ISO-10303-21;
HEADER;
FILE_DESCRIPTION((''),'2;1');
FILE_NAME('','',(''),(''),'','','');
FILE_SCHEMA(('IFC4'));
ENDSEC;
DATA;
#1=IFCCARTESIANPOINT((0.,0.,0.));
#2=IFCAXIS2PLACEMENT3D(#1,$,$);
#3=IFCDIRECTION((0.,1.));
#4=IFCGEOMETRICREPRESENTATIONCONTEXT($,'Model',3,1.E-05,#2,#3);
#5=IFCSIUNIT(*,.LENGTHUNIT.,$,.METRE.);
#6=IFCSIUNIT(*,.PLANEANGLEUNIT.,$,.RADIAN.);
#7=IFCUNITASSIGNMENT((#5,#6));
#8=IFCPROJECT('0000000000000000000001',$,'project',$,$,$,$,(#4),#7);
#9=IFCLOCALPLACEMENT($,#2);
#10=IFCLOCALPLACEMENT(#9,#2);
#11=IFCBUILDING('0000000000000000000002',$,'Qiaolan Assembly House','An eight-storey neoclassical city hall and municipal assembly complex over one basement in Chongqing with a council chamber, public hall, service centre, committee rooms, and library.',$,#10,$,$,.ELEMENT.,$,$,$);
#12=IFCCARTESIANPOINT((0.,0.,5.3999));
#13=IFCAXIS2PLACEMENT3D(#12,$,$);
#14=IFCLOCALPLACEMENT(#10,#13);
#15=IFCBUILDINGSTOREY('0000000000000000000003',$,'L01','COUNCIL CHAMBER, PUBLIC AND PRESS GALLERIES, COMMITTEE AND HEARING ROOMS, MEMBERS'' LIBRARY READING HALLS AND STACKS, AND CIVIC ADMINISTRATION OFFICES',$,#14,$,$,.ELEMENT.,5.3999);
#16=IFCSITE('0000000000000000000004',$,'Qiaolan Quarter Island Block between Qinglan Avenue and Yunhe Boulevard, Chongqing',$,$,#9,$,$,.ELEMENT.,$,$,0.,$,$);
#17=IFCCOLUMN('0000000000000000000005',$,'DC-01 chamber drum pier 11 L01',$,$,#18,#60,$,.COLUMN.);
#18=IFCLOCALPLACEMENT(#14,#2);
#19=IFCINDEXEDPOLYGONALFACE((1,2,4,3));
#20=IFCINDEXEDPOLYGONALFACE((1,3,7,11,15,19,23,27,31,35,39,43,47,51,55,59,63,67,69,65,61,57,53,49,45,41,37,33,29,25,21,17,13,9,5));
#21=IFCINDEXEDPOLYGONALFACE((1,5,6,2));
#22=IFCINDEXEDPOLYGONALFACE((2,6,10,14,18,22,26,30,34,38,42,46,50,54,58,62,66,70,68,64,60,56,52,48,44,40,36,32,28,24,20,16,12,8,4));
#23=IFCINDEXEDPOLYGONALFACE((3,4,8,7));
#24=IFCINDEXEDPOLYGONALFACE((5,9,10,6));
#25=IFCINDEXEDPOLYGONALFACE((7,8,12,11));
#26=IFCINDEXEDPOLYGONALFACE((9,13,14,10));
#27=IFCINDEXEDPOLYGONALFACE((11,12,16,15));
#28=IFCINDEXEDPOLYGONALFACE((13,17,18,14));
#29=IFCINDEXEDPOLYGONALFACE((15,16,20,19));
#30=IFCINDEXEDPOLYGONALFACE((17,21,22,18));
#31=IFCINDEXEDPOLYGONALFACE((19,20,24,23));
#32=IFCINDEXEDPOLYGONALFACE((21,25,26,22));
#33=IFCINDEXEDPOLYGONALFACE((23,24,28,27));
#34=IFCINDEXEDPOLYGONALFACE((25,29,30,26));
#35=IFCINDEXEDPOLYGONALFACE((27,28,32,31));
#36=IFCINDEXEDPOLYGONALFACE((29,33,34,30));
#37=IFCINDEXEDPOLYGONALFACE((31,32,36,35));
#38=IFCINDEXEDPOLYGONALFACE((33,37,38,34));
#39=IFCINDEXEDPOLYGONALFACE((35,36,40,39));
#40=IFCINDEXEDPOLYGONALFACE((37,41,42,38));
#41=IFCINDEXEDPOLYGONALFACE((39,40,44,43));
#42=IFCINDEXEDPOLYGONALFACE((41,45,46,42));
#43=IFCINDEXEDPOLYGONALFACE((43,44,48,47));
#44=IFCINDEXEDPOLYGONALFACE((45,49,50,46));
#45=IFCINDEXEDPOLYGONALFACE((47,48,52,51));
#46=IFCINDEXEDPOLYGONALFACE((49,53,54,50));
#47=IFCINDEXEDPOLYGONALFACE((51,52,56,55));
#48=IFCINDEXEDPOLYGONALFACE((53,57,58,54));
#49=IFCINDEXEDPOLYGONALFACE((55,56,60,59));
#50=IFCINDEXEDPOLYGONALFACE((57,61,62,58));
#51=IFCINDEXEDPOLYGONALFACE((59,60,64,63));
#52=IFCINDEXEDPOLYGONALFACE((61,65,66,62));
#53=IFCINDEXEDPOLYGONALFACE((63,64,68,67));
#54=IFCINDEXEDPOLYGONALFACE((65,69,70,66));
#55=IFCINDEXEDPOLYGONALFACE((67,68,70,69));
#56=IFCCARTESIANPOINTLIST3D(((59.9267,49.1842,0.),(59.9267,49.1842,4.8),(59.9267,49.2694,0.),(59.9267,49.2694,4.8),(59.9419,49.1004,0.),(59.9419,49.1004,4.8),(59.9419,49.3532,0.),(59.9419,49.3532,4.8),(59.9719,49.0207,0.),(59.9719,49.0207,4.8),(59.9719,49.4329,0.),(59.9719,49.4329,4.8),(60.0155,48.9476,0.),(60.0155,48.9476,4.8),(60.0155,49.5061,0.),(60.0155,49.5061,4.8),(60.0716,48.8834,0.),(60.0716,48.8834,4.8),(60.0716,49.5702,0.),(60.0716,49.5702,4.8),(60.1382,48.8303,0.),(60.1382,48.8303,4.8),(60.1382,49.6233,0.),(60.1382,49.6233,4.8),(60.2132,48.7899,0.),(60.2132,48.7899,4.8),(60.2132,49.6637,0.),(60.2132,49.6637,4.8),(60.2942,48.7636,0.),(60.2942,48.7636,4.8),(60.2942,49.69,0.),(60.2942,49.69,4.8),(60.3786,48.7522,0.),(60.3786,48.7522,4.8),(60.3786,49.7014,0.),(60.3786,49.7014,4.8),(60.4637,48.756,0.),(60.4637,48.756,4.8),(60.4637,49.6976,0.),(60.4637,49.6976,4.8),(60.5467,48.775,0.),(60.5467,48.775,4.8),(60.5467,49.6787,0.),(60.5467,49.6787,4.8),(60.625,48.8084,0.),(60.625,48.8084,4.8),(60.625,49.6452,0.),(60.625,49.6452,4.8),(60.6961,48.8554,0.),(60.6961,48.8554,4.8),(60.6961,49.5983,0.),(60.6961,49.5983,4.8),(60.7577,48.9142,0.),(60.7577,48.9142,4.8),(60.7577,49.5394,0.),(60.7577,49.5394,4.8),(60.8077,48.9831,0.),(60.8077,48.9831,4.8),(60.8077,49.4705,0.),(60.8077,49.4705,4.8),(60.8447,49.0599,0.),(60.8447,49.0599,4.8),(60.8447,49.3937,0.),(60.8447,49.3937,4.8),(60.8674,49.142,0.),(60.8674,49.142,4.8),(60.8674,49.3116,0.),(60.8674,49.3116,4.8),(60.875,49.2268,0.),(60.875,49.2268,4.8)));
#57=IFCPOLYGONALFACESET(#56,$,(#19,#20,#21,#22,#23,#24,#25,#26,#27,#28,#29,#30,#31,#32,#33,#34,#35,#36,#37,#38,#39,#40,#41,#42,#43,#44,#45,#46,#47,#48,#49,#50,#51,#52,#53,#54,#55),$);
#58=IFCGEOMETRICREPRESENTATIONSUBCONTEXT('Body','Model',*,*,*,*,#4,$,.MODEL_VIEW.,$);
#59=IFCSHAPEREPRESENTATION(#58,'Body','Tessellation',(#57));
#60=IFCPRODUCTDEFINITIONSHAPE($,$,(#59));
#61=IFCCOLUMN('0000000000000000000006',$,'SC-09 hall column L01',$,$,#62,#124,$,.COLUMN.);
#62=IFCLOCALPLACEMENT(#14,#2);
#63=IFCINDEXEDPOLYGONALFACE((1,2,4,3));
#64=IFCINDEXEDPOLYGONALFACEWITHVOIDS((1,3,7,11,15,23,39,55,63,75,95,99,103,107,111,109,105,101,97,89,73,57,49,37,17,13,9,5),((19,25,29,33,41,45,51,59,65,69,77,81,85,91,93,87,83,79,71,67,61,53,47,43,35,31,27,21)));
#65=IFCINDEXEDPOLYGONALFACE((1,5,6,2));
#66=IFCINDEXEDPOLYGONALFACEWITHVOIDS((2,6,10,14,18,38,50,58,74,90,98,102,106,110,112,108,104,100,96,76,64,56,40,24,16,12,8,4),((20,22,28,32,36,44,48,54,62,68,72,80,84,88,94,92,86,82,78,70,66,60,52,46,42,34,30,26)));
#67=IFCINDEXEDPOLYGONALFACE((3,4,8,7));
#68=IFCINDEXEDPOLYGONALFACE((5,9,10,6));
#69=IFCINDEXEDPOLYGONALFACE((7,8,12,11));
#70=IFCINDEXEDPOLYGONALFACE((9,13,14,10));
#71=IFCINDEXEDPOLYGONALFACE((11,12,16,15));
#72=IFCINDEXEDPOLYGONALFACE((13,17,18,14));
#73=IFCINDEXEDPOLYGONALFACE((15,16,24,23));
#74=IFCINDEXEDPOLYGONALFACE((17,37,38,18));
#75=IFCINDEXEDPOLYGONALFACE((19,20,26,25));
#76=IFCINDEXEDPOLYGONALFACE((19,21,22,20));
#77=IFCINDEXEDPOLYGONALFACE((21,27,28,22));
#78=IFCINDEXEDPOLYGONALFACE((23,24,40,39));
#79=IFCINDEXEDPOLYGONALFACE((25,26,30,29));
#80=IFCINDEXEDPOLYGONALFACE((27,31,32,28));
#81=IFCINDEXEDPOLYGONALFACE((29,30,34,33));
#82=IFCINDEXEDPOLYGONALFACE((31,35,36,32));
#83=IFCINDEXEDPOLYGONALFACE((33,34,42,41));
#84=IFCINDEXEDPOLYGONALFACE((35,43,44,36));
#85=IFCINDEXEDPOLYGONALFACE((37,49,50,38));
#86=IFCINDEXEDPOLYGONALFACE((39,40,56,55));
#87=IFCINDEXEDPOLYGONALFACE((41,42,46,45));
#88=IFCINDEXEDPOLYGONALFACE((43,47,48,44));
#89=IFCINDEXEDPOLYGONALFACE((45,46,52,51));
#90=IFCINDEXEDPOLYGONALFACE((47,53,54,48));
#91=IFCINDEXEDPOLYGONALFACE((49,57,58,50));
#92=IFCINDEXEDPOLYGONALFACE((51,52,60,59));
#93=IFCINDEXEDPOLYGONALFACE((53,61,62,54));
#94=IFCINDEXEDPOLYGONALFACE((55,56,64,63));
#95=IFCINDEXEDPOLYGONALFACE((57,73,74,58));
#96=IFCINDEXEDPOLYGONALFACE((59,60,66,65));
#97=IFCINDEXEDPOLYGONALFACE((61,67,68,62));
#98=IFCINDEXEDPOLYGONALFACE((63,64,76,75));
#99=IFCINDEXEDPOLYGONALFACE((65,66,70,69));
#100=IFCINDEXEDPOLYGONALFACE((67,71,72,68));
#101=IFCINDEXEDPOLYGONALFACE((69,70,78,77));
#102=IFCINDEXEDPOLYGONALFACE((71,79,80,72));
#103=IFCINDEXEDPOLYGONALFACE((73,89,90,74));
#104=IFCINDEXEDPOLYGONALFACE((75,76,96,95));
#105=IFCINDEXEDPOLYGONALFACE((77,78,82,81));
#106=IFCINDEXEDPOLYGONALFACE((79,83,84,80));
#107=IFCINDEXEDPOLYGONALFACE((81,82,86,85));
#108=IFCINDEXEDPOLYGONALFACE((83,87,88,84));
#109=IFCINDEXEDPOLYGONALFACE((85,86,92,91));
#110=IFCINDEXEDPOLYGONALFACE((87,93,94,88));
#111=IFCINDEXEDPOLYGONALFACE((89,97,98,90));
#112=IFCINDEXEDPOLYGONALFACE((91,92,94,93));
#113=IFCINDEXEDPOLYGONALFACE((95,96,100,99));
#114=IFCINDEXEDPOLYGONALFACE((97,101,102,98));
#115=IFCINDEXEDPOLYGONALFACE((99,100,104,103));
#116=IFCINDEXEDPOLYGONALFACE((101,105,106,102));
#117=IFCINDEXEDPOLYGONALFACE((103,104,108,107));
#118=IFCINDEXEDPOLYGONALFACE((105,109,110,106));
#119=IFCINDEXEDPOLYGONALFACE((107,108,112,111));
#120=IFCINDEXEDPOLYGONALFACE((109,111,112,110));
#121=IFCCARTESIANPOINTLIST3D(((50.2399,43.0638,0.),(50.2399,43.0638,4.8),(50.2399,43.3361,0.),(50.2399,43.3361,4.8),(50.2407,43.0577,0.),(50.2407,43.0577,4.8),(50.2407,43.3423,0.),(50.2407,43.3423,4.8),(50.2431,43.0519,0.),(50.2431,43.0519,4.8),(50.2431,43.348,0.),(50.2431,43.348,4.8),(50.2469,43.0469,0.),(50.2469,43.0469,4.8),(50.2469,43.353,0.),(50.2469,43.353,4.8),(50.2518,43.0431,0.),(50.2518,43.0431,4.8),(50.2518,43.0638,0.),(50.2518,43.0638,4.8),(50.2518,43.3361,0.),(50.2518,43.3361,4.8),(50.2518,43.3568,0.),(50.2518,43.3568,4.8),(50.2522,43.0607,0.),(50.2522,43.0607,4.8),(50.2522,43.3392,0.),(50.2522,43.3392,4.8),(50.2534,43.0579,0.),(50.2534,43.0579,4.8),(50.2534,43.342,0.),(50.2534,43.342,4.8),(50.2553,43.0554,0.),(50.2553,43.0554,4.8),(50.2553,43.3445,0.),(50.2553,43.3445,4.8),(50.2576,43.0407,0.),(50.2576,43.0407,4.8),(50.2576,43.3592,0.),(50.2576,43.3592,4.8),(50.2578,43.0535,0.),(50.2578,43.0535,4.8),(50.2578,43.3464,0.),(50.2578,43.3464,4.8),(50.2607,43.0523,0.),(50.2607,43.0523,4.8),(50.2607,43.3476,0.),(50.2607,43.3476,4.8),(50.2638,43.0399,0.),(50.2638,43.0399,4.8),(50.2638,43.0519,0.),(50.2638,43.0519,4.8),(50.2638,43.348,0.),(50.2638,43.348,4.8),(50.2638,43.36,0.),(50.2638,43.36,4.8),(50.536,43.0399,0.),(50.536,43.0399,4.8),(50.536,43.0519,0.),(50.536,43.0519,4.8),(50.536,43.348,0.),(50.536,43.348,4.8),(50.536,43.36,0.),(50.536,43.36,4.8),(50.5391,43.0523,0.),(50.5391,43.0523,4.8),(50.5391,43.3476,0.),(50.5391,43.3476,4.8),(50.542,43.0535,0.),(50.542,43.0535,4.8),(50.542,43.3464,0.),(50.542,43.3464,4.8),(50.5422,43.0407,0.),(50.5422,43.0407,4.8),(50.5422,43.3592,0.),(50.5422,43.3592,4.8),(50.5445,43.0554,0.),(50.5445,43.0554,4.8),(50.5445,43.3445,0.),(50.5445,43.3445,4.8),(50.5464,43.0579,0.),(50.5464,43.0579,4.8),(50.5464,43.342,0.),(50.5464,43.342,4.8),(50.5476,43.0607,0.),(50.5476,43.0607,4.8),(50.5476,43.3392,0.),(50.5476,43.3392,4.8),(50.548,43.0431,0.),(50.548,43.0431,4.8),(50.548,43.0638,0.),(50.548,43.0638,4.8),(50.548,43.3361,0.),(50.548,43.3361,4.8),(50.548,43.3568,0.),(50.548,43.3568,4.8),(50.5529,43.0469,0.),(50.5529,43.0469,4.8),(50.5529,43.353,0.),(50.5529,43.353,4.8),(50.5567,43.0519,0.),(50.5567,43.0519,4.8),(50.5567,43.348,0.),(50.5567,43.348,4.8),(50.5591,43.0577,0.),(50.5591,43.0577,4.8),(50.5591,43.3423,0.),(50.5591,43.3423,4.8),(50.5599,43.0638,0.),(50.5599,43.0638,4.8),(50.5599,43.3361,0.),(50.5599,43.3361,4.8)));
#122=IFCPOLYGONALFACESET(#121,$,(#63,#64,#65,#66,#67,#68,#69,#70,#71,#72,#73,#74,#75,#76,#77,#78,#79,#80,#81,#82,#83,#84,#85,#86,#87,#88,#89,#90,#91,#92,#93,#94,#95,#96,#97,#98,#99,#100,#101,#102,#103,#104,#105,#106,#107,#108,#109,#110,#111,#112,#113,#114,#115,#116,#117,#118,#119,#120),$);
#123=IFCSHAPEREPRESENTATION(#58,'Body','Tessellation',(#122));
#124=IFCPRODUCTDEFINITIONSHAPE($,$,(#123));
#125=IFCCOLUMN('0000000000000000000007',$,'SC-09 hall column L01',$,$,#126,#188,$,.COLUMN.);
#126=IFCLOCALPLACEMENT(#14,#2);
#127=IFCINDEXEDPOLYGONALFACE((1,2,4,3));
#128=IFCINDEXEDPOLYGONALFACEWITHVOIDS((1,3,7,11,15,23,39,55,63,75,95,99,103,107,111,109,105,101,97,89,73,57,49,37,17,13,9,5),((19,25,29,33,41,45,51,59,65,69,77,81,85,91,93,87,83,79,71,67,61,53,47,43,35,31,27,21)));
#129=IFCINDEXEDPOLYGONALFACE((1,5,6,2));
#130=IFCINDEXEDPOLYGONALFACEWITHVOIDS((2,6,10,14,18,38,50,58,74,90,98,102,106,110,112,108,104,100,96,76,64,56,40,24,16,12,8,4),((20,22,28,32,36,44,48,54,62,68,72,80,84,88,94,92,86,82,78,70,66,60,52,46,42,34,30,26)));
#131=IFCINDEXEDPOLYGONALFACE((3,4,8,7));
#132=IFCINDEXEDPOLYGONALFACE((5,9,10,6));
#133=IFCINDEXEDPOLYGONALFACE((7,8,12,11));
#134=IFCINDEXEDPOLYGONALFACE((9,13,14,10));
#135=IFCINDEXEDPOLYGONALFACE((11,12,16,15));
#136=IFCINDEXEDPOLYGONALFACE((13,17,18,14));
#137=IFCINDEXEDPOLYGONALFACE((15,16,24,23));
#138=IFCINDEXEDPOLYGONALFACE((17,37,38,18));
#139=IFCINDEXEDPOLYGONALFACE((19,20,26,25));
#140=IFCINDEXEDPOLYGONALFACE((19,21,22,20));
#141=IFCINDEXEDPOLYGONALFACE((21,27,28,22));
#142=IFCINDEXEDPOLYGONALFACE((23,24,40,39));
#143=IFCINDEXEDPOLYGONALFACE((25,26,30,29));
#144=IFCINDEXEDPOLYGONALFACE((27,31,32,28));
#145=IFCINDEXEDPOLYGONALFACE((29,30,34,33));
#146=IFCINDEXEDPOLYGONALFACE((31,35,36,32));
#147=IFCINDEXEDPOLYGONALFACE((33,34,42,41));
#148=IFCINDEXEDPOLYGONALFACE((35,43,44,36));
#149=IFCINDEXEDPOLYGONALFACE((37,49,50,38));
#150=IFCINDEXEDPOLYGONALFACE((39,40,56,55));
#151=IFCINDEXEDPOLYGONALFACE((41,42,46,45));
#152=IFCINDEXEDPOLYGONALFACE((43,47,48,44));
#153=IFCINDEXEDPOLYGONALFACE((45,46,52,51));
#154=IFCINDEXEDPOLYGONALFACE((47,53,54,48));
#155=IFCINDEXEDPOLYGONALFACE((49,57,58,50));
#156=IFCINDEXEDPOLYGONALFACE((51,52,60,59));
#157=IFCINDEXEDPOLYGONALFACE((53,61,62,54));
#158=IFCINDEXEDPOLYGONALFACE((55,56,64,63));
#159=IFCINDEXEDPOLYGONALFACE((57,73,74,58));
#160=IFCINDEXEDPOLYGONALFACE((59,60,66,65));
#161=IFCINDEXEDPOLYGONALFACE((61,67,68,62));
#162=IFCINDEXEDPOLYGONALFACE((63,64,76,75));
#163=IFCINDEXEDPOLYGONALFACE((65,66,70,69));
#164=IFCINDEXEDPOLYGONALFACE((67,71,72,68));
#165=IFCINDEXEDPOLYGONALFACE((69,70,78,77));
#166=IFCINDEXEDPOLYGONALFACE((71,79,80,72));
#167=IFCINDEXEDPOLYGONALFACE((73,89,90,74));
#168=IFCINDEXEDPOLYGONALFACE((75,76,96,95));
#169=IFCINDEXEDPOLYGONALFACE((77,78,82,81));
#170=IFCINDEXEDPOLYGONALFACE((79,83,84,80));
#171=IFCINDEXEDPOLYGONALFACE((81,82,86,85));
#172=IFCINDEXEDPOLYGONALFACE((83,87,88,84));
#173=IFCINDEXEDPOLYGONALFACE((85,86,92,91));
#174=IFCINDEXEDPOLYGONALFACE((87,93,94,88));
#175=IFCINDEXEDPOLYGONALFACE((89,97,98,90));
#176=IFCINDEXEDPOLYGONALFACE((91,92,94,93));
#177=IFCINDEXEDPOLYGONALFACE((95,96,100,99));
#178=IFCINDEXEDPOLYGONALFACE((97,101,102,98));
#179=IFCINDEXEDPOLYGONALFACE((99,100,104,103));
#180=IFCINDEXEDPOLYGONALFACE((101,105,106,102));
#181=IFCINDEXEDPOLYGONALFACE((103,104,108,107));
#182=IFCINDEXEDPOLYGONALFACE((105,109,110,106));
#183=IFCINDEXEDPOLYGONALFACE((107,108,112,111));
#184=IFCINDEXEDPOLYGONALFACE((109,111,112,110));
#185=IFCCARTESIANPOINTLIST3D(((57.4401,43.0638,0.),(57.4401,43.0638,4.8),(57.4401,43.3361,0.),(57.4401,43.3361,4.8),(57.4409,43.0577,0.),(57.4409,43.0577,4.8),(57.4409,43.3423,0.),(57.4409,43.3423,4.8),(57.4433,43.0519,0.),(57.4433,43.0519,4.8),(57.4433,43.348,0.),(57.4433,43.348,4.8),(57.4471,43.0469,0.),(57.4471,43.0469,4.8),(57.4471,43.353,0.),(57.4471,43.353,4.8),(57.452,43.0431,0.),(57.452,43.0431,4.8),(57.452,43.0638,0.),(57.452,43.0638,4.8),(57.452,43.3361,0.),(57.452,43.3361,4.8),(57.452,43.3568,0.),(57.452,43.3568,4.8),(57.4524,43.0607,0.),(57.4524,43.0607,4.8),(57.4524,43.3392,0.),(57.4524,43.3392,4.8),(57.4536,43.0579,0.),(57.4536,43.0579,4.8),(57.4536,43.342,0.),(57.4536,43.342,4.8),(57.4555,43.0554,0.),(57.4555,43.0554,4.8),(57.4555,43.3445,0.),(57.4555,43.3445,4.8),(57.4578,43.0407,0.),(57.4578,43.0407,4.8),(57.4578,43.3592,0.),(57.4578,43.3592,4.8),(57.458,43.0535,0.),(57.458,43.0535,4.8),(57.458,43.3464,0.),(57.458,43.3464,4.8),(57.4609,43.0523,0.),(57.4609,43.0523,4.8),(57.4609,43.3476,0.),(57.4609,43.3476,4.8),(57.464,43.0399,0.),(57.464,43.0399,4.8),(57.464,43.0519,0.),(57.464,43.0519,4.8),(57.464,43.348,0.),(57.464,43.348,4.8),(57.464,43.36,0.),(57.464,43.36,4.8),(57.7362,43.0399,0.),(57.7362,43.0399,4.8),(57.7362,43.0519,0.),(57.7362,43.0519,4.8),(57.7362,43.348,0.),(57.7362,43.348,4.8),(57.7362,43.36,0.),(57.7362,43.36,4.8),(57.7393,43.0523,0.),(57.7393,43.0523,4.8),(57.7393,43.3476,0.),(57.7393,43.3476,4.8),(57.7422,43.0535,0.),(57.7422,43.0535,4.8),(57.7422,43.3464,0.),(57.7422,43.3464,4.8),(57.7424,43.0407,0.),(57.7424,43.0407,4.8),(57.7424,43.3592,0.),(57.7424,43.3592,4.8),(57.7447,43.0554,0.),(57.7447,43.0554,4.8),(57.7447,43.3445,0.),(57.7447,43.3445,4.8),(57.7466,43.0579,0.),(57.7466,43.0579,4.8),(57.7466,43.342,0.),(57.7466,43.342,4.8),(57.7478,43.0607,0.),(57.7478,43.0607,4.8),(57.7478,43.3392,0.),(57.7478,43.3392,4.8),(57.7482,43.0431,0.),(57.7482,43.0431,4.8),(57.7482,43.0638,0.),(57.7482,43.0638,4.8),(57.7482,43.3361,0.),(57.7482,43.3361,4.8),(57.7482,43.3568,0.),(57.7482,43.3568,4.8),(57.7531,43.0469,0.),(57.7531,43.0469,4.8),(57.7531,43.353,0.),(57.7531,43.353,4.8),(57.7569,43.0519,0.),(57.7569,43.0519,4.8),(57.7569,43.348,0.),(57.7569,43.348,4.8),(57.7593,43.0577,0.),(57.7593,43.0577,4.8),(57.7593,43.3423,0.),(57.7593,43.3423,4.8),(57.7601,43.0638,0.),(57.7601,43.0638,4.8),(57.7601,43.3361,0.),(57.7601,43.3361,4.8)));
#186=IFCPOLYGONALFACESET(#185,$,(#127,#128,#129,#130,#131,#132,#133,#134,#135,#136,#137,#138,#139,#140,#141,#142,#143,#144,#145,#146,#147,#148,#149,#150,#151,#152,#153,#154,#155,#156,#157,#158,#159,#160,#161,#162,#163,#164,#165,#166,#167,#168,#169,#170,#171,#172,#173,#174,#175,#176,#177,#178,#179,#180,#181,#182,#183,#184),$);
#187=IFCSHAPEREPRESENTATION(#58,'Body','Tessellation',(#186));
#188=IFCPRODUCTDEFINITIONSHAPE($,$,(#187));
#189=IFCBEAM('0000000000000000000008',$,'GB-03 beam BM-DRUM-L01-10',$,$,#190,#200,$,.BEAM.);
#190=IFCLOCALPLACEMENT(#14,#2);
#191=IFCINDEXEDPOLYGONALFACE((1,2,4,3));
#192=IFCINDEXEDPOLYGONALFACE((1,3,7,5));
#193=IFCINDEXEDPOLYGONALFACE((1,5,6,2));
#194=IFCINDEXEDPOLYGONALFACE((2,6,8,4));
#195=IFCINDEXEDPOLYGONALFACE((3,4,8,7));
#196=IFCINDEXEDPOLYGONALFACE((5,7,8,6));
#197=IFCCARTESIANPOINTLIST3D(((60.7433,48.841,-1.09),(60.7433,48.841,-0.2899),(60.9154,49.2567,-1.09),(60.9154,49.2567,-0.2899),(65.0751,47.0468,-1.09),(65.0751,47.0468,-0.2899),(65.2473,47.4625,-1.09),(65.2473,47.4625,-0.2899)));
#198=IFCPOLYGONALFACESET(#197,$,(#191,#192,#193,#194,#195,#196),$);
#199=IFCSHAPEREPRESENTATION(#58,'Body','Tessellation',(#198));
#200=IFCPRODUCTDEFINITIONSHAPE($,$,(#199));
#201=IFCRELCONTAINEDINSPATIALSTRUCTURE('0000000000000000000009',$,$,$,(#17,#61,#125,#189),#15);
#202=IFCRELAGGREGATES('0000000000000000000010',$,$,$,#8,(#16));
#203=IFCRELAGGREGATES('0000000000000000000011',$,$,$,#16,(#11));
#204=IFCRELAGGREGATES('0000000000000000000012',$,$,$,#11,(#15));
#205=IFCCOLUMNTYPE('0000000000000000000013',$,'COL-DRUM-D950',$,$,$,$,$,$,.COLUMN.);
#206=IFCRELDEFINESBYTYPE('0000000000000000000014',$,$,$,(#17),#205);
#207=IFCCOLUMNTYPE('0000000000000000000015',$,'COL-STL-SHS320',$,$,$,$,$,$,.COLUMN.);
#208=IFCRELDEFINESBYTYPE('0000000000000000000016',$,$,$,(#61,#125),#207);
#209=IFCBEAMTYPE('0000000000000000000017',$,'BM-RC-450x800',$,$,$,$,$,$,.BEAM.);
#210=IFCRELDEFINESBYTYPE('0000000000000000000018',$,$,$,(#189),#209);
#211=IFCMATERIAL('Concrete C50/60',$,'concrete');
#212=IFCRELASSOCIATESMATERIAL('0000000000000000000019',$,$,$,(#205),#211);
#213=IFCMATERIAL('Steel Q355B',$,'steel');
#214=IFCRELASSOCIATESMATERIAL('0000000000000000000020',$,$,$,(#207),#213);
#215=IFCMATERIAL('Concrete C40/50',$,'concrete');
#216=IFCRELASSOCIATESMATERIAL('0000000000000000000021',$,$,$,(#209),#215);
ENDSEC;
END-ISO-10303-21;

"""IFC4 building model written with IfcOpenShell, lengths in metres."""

from ifc_helpers import new_model, si_unit, direction, frame, origin, origin_2d, place, context, subcontext, project, spatial, rectangle, hollow_rectangle, circle, extrude, material, material_profile, profile_set, type_object, element, save


model = new_model("IFC4")

# Units and contexts
model_context = context("Model", 3, precision=1e-05, world=origin(), true_north=direction((0.0, 1.0)))
body_context = subcontext(model_context, "Body", "Model", "MODEL_VIEW")
ifc_project = project(units=[si_unit("LENGTHUNIT", "METRE"), si_unit("PLANEANGLEUNIT", "RADIAN")], contexts=[model_context])

# Site, building, storey
site_placement = place(None, origin())
site = spatial("IfcSite", under=ifc_project, at=site_placement, Name="Qiaolan Quarter Island Block between Qinglan Avenue and Yunhe Boulevard, Chongqing", CompositionType="ELEMENT", RefElevation=0.0)
building_placement = place(site_placement, origin())
building = spatial("IfcBuilding", under=site, at=building_placement, Name="Qiaolan Assembly House", Description="An eight-storey neoclassical city hall and municipal assembly complex over one basement in Chongqing with a council chamber, public hall, service centre, committee rooms, and library.", CompositionType="ELEMENT")
storey_placement = place(building_placement, frame((0.0, 0.0, 5.3999)))
storey = spatial("IfcBuildingStorey", under=building, at=storey_placement, Name="L01", Description="COUNCIL CHAMBER, PUBLIC AND PRESS GALLERIES, COMMITTEE AND HEARING ROOMS, MEMBERS' LIBRARY READING HALLS AND STACKS, AND CIVIC ADMINISTRATION OFFICES", CompositionType="ELEMENT", Elevation=5.3999)

# Columns
ifc_material_1 = material(Name="Concrete C50/60", Category="concrete")
ifc_material_profile_1 = material_profile(ifc_material_1, circle(Radius=0.4751, at=origin_2d()), Name="CIRC D950")
ifc_profile_set_1 = profile_set([ifc_material_profile_1], Name="Concrete C50/60")
column_type_1 = type_object("IfcColumnType", Name="COL-DRUM-D950", PredefinedType="COLUMN", material=ifc_profile_set_1)
column_placement = place(storey_placement, frame((60.3999, 49.2268, 0.0), z_axis=(0.0, 0.0, 1.0), x_axis=(1.0, 0.0, 0.0)))
element("IfcColumn", 1, at=column_placement, inside=storey, type_object=column_type_1, Name="DC-01 chamber drum pier 11 L01", PredefinedType="COLUMN", context=body_context, shape_type="SweptSolid", body=[
    extrude(circle(Radius=0.4751, at=origin_2d()), origin(), (0.0, 0.0, 1.0), 4.8),
])
ifc_material_2 = material(Name="Steel Q355B", Category="steel")
ifc_material_profile_2 = material_profile(ifc_material_2, hollow_rectangle(XDim=0.3201, YDim=0.3201, WallThickness=0.012, InnerFilletRadius=0.012, OuterFilletRadius=0.0239, at=origin_2d()), Name="SHS 320x320x12")
ifc_profile_set_2 = profile_set([ifc_material_profile_2], Name="Steel Q355B")
column_type_2 = type_object("IfcColumnType", Name="COL-STL-SHS320", PredefinedType="COLUMN", material=ifc_profile_set_2)
for number, where, z_axis, x_axis, name in (
    (2, (50.3999, 43.2, 0.0), (0.0, 0.0, 1.0), (1.0, 0.0, 0.0), "SC-09 hall column L01"),
    (3, (57.6001, 43.2, 0.0), (0.0, 0.0, 1.0), (1.0, 0.0, 0.0), "SC-09 hall column L01"),
):
    element("IfcColumn", number, at=place(storey_placement, frame(where, z_axis=z_axis, x_axis=x_axis)), inside=storey, type_object=column_type_2, Name=name, PredefinedType="COLUMN", context=body_context, shape_type="SweptSolid", body=[
        extrude(hollow_rectangle(XDim=0.3201, YDim=0.3201, WallThickness=0.012, InnerFilletRadius=0.012, OuterFilletRadius=0.0239, at=origin_2d()), origin(), (0.0, 0.0, 1.0), 4.8),
    ])

# Beam
ifc_material_3 = material(Name="Concrete C40/50", Category="concrete")
ifc_material_profile_3 = material_profile(ifc_material_3, rectangle(XDim=0.45, YDim=0.8, at=origin_2d()), Name="RCB 450x800")
ifc_profile_set_3 = profile_set([ifc_material_profile_3], Name="Concrete C40/50")
beam_type_1 = type_object("IfcBeamType", Name="BM-RC-450x800", PredefinedType="BEAM", material=ifc_profile_set_3)
beam_1_placement = place(storey_placement, frame((60.8293, 49.0488, -0.6899), z_axis=(0.923887, -0.382666, 0.0), x_axis=(0.382666, 0.923887, 0.0)))
element("IfcBeam", 4, at=beam_1_placement, inside=storey, type_object=beam_type_1, Name="GB-03 beam BM-DRUM-L01-10", PredefinedType="BEAM", context=body_context, shape_type="SweptSolid", body=[
    extrude(rectangle(XDim=0.45, YDim=0.8, at=origin_2d()), origin(), (0.0, 0.0, 1.0), 4.6887),
])

save(model, "model.ifc")
